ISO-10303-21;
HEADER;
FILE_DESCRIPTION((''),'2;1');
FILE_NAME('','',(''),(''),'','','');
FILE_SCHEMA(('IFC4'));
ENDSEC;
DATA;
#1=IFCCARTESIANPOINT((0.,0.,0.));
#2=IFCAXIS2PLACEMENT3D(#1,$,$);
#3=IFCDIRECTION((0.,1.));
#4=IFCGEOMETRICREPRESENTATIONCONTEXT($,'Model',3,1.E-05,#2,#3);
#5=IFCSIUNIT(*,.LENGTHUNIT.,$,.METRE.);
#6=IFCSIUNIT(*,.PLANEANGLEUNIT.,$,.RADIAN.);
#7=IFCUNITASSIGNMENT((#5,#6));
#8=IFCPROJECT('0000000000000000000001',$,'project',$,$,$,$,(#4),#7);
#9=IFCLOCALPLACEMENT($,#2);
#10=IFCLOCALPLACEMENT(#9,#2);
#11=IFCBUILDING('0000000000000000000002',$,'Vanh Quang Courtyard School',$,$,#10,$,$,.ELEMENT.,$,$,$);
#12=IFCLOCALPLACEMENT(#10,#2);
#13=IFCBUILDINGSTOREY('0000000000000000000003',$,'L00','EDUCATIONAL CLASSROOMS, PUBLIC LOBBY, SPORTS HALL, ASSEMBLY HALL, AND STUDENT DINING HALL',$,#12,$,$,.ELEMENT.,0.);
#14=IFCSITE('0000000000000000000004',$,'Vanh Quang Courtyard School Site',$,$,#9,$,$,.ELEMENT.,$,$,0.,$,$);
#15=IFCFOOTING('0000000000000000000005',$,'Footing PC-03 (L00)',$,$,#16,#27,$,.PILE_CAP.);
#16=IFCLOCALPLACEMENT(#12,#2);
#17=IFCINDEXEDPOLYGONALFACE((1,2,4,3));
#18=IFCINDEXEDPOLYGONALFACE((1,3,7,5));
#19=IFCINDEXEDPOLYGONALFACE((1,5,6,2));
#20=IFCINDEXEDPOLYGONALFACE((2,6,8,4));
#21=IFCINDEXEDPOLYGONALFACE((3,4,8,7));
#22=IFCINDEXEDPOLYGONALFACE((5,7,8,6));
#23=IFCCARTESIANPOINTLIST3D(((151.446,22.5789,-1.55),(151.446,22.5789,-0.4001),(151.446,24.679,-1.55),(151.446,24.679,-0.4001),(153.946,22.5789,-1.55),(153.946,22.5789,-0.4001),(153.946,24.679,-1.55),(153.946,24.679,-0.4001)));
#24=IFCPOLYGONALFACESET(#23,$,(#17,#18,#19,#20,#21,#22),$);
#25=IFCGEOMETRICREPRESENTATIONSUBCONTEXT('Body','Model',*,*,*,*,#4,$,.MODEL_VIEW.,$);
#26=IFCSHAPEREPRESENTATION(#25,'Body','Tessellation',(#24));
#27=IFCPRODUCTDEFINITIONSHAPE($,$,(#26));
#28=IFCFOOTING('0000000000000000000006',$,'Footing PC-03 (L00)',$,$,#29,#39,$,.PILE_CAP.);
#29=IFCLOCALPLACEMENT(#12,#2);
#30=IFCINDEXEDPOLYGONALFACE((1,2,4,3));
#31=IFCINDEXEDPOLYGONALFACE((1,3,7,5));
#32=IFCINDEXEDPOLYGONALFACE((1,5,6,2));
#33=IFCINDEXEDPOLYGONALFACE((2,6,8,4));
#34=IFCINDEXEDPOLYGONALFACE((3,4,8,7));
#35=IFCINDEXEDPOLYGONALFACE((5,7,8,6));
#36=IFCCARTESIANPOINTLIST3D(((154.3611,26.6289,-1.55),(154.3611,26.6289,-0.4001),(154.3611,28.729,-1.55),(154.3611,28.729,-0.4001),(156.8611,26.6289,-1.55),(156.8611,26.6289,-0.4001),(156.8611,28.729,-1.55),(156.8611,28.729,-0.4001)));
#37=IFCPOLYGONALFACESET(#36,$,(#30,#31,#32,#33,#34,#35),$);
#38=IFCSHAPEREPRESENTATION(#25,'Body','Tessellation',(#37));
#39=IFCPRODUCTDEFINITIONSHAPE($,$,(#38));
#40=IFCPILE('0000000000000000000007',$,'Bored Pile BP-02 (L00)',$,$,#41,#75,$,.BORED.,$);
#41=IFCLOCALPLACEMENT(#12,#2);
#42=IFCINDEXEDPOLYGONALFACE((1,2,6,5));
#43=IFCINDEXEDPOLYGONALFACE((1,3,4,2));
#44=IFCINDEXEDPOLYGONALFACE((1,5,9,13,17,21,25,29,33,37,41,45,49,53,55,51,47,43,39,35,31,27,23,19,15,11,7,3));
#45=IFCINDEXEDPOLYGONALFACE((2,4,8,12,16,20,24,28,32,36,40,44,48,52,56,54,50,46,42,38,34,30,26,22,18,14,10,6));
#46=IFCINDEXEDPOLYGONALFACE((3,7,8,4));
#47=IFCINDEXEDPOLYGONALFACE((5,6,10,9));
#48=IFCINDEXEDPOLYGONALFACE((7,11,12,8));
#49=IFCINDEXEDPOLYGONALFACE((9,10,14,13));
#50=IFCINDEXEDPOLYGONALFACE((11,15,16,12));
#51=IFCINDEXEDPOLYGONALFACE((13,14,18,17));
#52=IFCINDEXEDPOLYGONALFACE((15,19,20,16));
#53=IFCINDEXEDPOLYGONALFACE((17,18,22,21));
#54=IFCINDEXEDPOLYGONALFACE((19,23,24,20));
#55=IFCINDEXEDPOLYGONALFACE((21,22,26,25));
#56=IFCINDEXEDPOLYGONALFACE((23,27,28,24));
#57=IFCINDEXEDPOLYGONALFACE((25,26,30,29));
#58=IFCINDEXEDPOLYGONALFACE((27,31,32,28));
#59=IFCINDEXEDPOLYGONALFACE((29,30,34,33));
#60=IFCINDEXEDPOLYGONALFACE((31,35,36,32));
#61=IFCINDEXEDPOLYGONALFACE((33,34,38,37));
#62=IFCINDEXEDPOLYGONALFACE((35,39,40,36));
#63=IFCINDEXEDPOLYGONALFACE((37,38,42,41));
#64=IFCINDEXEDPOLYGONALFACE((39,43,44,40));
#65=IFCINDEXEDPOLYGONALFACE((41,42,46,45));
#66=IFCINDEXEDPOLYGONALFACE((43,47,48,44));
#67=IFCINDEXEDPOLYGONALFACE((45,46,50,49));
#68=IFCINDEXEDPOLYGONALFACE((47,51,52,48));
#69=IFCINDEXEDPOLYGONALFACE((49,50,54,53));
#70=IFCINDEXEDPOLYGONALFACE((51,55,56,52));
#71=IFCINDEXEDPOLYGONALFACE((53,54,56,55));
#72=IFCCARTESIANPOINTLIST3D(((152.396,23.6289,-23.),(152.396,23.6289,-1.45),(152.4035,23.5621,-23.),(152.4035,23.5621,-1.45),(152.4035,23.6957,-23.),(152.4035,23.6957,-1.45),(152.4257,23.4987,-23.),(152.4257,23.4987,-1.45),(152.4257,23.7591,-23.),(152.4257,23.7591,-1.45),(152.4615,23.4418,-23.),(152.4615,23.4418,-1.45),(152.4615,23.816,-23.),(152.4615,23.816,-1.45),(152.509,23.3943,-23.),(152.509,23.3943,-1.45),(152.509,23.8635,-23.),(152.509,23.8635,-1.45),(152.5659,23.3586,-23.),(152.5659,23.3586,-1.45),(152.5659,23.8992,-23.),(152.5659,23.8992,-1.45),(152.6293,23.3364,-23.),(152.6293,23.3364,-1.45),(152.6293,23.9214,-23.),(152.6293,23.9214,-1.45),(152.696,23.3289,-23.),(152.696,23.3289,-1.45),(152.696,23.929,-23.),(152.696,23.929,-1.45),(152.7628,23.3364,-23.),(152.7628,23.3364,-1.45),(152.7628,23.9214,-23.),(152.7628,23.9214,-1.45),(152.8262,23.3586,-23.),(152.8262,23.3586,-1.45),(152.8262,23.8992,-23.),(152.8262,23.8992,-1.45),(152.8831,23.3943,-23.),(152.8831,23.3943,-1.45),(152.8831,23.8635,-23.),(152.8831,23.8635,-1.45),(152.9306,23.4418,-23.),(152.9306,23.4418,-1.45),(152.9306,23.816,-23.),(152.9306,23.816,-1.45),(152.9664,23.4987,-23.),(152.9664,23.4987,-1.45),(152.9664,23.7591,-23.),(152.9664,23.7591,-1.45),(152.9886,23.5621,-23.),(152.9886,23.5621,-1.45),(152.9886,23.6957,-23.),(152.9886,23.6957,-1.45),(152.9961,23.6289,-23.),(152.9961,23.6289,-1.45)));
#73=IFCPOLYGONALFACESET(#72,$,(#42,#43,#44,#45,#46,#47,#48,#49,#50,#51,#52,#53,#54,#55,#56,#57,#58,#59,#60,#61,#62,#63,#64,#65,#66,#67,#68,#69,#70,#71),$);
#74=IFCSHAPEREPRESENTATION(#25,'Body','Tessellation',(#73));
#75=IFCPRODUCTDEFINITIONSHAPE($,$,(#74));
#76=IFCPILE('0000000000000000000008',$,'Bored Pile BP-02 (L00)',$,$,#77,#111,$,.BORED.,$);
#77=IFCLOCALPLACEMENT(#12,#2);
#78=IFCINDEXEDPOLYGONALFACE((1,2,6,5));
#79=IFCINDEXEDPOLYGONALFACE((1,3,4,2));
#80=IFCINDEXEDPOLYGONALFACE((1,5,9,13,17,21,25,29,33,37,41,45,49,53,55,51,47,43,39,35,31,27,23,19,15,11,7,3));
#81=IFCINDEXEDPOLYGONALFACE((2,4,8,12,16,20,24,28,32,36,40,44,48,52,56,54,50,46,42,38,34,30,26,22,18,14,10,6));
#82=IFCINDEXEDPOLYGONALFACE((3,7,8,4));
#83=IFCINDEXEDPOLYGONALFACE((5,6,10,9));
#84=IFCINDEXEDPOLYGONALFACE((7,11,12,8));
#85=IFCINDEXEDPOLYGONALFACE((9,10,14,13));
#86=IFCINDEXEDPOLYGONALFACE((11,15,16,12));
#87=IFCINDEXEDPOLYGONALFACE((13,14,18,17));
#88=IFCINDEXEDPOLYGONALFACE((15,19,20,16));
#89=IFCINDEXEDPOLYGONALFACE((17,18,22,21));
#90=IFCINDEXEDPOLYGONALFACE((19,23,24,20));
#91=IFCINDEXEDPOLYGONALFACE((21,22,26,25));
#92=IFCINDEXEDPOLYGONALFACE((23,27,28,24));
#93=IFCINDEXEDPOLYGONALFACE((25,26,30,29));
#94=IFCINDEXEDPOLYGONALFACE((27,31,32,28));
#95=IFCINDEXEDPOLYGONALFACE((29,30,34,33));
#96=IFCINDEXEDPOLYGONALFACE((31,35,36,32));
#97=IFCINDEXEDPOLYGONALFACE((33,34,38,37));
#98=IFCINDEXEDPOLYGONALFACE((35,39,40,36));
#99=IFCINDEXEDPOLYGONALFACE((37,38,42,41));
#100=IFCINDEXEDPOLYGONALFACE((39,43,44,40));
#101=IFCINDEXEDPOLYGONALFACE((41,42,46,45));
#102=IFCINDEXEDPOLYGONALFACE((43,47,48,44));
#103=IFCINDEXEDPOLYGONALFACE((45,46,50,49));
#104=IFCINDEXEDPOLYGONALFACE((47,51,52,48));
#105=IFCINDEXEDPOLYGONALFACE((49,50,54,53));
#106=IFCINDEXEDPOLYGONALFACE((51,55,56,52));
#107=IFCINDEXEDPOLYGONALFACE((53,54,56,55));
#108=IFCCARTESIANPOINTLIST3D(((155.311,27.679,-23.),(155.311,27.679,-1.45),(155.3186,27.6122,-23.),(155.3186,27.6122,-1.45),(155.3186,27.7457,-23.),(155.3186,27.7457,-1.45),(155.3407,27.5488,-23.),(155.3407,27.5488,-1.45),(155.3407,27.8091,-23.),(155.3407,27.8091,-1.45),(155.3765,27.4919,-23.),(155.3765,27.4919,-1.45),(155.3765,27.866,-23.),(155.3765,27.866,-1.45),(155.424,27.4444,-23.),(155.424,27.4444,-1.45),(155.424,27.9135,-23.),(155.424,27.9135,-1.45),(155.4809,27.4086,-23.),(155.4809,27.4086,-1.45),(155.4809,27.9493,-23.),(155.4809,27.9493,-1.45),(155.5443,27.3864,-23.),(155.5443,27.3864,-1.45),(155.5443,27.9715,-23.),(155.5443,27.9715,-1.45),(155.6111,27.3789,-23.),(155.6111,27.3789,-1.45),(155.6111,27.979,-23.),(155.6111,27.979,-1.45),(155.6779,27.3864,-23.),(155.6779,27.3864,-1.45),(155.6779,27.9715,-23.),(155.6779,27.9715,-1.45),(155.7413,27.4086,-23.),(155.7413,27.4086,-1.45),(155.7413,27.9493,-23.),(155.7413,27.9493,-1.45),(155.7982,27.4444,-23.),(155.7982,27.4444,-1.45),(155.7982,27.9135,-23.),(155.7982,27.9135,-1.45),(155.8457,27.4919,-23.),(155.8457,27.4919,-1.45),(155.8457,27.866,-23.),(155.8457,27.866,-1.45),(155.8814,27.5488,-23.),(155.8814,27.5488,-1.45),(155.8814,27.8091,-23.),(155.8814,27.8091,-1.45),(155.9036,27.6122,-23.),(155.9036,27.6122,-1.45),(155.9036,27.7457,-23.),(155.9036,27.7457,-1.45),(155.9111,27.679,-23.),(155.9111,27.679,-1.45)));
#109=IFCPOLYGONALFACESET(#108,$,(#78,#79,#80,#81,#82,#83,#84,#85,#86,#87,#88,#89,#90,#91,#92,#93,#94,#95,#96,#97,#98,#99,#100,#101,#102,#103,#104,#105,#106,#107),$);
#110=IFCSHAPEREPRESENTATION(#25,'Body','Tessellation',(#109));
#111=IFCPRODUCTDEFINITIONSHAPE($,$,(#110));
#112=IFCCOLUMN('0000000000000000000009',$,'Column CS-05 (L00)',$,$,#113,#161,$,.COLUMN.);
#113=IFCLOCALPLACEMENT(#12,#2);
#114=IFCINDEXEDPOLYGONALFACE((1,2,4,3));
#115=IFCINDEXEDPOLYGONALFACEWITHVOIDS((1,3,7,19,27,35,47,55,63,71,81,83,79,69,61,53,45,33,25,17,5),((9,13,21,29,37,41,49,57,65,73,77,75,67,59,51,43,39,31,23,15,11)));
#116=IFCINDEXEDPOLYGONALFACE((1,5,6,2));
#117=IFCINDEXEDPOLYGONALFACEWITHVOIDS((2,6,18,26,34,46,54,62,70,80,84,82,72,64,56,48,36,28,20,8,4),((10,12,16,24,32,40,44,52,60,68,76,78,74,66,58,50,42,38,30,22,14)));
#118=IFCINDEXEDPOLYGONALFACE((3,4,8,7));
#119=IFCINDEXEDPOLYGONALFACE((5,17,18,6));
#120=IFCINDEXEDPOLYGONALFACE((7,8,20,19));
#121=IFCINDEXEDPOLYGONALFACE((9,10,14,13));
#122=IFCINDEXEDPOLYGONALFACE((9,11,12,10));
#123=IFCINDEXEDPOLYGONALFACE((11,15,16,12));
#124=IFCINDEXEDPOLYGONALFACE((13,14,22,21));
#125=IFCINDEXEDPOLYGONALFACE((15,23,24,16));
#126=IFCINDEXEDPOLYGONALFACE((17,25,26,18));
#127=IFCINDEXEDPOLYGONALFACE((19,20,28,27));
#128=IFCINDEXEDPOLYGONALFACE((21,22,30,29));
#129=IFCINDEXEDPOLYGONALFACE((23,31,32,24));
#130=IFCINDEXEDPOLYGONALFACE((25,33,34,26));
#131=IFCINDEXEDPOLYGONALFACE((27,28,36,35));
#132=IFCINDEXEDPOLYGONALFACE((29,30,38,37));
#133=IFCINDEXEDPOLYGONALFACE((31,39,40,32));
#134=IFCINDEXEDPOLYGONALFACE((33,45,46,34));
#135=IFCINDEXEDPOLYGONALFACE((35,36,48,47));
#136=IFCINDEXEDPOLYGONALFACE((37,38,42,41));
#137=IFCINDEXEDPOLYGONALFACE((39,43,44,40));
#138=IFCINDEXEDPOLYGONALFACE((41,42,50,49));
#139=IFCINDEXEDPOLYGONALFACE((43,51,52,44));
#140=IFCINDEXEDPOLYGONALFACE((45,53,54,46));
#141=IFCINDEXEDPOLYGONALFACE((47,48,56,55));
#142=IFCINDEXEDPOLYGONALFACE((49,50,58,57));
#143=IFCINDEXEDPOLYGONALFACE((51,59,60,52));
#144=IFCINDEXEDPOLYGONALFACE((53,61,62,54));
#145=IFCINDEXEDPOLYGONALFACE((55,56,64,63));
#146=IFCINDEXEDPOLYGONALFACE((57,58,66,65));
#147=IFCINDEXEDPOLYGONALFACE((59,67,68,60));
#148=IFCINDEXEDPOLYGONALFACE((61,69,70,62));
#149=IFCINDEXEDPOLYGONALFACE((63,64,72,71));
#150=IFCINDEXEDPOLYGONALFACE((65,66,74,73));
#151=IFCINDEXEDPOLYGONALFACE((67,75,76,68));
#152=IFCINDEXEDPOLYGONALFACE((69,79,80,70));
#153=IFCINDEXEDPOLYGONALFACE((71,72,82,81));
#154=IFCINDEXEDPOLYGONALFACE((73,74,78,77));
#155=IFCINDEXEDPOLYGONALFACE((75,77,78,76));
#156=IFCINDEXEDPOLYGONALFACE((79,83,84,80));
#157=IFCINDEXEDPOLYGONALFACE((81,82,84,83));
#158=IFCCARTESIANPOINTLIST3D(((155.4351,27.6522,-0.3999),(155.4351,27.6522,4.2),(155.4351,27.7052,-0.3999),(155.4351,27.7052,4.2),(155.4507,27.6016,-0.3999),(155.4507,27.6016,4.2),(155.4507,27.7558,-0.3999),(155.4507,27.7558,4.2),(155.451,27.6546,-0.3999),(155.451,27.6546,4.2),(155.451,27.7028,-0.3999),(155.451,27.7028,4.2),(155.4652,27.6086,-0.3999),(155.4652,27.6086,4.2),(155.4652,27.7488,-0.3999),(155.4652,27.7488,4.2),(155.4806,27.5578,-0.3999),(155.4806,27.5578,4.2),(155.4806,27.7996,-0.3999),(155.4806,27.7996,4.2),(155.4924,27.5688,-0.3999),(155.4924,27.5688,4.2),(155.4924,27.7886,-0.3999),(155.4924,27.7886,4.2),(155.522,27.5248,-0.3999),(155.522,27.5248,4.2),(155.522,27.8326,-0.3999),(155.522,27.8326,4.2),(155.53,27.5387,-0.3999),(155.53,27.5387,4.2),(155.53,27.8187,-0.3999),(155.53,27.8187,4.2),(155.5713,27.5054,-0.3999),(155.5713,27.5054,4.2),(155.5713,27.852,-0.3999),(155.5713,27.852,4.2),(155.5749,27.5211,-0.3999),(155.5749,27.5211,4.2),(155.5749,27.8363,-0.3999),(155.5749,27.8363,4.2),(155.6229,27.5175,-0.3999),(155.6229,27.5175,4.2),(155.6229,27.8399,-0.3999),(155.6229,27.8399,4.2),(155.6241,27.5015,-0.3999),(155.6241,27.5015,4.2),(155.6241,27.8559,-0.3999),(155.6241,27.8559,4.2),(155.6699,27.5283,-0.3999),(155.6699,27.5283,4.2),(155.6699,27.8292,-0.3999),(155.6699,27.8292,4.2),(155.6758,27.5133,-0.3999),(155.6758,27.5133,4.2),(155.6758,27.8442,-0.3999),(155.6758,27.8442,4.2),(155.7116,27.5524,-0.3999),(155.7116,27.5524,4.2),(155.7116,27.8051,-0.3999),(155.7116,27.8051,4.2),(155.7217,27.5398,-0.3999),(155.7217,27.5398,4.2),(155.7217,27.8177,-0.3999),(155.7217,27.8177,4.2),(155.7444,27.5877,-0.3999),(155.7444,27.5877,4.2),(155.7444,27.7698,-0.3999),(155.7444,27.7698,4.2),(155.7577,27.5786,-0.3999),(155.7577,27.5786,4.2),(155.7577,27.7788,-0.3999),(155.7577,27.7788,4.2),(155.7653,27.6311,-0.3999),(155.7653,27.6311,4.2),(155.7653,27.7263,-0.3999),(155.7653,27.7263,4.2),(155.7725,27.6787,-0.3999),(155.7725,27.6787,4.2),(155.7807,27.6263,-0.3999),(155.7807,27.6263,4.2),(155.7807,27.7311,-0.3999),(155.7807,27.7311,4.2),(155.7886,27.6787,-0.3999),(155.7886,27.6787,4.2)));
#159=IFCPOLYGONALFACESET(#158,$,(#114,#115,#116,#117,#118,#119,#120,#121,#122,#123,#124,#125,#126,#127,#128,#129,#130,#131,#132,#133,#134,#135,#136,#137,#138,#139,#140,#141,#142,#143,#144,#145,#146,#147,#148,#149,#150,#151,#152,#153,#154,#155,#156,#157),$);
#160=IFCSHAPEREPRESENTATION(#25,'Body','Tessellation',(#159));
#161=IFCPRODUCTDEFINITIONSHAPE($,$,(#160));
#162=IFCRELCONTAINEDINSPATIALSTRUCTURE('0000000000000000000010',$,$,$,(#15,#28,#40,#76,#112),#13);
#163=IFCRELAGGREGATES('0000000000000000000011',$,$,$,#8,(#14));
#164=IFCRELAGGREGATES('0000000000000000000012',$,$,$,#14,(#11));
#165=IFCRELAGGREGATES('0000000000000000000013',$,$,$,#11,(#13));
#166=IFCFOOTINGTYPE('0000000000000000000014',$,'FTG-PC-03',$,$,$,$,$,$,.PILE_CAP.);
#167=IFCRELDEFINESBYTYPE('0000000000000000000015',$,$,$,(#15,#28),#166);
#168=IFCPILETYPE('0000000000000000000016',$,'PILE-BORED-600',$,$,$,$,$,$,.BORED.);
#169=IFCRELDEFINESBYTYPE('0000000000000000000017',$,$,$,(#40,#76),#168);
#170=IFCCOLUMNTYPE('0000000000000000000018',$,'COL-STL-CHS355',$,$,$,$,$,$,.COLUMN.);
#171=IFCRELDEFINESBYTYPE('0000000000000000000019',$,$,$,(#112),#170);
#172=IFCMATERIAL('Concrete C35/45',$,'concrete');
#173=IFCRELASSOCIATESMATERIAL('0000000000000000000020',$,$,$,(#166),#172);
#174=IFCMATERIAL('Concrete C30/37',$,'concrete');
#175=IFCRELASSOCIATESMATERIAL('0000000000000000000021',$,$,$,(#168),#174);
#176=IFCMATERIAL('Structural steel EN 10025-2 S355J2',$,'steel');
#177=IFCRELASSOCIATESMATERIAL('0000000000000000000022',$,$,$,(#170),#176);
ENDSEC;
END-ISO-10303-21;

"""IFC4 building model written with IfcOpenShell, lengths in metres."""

from ifc_helpers import new_model, si_unit, direction, frame, origin, origin_2d, place, context, subcontext, project, spatial, rectangle, circle, hollow_circle, extrude, material, material_profile, profile_set, type_object, element, save


model = new_model("IFC4")

# Units and contexts
model_context = context("Model", 3, precision=1e-05, world=origin(), true_north=direction((0.0, 1.0)))
body_context = subcontext(model_context, "Body", "Model", "MODEL_VIEW")
ifc_project = project(units=[si_unit("LENGTHUNIT", "METRE"), si_unit("PLANEANGLEUNIT", "RADIAN")], contexts=[model_context])

# Site, building, storey
site_placement = place(None, origin())
site = spatial("IfcSite", under=ifc_project, at=site_placement, Name="Vanh Quang Courtyard School Site", CompositionType="ELEMENT", RefElevation=0.0)
building_placement = place(site_placement, origin())
building = spatial("IfcBuilding", under=site, at=building_placement, Name="Vanh Quang Courtyard School", CompositionType="ELEMENT")
storey_placement = place(building_placement, origin())
storey = spatial("IfcBuildingStorey", under=building, at=storey_placement, Name="L00", Description="EDUCATIONAL CLASSROOMS, PUBLIC LOBBY, SPORTS HALL, ASSEMBLY HALL, AND STUDENT DINING HALL", CompositionType="ELEMENT", Elevation=0.0)

# Footings
ifc_material_1 = material(Name="Concrete C35/45", Category="concrete")
footing_type = type_object("IfcFootingType", Name="FTG-PC-03", PredefinedType="PILE_CAP", material=ifc_material_1)
for number, where, z_axis, x_axis, name in (
    (1, (152.696, 23.6289, -1.55), (0.0, 0.0, 1.0), (1.0, 0.0, 0.0), "Footing PC-03 (L00)"),
    (2, (155.6111, 27.679, -1.55), (0.0, 0.0, 1.0), (1.0, 0.0, 0.0), "Footing PC-03 (L00)"),
):
    element("IfcFooting", number, at=place(storey_placement, frame(where, z_axis=z_axis, x_axis=x_axis)), inside=storey, type_object=footing_type, Name=name, PredefinedType="PILE_CAP", context=body_context, shape_type="SweptSolid", body=[
        extrude(rectangle(XDim=2.5, YDim=2.1001, at=origin_2d()), origin(), (0.0, 0.0, 1.0), 1.1499),
    ])

# Piles
ifc_material_2 = material(Name="Concrete C30/37", Category="concrete")
ifc_material_profile_1 = material_profile(ifc_material_2, circle(Radius=0.3, at=origin_2d()), Name="PILE D600")
ifc_profile_set_1 = profile_set([ifc_material_profile_1], Name="Concrete C30/37")
pile_type = type_object("IfcPileType", Name="PILE-BORED-600", PredefinedType="BORED", material=ifc_profile_set_1)
for number, where, z_axis, x_axis, name in (
    (3, (152.696, 23.6289, -1.45), (0.0, 0.0, -1.0), (1.0, 0.0, 0.0), "Bored Pile BP-02 (L00)"),
    (4, (155.6111, 27.679, -1.45), (0.0, 0.0, -1.0), (1.0, 0.0, 0.0), "Bored Pile BP-02 (L00)"),
):
    element("IfcPile", number, at=place(storey_placement, frame(where, z_axis=z_axis, x_axis=x_axis)), inside=storey, type_object=pile_type, Name=name, PredefinedType="BORED", context=body_context, shape_type="SweptSolid", body=[
        extrude(circle(Radius=0.3, at=origin_2d()), origin(), (0.0, 0.0, 1.0), 21.55),
    ])

# Column
ifc_material_3 = material(Name="Structural steel EN 10025-2 S355J2", Category="steel")
ifc_material_profile_2 = material_profile(ifc_material_3, hollow_circle(Radius=0.1777, WallThickness=0.0161, at=origin_2d()), Name="CHS 355.6x16")
ifc_profile_set_2 = profile_set([ifc_material_profile_2], Name="Structural steel EN 10025-2 S355J2")
column_type_1 = type_object("IfcColumnType", Name="COL-STL-CHS355", PredefinedType="COLUMN", material=ifc_profile_set_2)
column_placement = place(storey_placement, frame((155.6108, 27.6787, -0.3999), z_axis=(0.0, 0.0, 1.0), x_axis=(1.0, 0.0, 0.0)))
element("IfcColumn", 5, at=column_placement, inside=storey, type_object=column_type_1, Name="Column CS-05 (L00)", PredefinedType="COLUMN", context=body_context, shape_type="SweptSolid", body=[
    extrude(hollow_circle(Radius=0.1777, WallThickness=0.0161, at=origin_2d()), origin(), (0.0, 0.0, 1.0), 4.5999),
])

save(model, "model.ifc")
